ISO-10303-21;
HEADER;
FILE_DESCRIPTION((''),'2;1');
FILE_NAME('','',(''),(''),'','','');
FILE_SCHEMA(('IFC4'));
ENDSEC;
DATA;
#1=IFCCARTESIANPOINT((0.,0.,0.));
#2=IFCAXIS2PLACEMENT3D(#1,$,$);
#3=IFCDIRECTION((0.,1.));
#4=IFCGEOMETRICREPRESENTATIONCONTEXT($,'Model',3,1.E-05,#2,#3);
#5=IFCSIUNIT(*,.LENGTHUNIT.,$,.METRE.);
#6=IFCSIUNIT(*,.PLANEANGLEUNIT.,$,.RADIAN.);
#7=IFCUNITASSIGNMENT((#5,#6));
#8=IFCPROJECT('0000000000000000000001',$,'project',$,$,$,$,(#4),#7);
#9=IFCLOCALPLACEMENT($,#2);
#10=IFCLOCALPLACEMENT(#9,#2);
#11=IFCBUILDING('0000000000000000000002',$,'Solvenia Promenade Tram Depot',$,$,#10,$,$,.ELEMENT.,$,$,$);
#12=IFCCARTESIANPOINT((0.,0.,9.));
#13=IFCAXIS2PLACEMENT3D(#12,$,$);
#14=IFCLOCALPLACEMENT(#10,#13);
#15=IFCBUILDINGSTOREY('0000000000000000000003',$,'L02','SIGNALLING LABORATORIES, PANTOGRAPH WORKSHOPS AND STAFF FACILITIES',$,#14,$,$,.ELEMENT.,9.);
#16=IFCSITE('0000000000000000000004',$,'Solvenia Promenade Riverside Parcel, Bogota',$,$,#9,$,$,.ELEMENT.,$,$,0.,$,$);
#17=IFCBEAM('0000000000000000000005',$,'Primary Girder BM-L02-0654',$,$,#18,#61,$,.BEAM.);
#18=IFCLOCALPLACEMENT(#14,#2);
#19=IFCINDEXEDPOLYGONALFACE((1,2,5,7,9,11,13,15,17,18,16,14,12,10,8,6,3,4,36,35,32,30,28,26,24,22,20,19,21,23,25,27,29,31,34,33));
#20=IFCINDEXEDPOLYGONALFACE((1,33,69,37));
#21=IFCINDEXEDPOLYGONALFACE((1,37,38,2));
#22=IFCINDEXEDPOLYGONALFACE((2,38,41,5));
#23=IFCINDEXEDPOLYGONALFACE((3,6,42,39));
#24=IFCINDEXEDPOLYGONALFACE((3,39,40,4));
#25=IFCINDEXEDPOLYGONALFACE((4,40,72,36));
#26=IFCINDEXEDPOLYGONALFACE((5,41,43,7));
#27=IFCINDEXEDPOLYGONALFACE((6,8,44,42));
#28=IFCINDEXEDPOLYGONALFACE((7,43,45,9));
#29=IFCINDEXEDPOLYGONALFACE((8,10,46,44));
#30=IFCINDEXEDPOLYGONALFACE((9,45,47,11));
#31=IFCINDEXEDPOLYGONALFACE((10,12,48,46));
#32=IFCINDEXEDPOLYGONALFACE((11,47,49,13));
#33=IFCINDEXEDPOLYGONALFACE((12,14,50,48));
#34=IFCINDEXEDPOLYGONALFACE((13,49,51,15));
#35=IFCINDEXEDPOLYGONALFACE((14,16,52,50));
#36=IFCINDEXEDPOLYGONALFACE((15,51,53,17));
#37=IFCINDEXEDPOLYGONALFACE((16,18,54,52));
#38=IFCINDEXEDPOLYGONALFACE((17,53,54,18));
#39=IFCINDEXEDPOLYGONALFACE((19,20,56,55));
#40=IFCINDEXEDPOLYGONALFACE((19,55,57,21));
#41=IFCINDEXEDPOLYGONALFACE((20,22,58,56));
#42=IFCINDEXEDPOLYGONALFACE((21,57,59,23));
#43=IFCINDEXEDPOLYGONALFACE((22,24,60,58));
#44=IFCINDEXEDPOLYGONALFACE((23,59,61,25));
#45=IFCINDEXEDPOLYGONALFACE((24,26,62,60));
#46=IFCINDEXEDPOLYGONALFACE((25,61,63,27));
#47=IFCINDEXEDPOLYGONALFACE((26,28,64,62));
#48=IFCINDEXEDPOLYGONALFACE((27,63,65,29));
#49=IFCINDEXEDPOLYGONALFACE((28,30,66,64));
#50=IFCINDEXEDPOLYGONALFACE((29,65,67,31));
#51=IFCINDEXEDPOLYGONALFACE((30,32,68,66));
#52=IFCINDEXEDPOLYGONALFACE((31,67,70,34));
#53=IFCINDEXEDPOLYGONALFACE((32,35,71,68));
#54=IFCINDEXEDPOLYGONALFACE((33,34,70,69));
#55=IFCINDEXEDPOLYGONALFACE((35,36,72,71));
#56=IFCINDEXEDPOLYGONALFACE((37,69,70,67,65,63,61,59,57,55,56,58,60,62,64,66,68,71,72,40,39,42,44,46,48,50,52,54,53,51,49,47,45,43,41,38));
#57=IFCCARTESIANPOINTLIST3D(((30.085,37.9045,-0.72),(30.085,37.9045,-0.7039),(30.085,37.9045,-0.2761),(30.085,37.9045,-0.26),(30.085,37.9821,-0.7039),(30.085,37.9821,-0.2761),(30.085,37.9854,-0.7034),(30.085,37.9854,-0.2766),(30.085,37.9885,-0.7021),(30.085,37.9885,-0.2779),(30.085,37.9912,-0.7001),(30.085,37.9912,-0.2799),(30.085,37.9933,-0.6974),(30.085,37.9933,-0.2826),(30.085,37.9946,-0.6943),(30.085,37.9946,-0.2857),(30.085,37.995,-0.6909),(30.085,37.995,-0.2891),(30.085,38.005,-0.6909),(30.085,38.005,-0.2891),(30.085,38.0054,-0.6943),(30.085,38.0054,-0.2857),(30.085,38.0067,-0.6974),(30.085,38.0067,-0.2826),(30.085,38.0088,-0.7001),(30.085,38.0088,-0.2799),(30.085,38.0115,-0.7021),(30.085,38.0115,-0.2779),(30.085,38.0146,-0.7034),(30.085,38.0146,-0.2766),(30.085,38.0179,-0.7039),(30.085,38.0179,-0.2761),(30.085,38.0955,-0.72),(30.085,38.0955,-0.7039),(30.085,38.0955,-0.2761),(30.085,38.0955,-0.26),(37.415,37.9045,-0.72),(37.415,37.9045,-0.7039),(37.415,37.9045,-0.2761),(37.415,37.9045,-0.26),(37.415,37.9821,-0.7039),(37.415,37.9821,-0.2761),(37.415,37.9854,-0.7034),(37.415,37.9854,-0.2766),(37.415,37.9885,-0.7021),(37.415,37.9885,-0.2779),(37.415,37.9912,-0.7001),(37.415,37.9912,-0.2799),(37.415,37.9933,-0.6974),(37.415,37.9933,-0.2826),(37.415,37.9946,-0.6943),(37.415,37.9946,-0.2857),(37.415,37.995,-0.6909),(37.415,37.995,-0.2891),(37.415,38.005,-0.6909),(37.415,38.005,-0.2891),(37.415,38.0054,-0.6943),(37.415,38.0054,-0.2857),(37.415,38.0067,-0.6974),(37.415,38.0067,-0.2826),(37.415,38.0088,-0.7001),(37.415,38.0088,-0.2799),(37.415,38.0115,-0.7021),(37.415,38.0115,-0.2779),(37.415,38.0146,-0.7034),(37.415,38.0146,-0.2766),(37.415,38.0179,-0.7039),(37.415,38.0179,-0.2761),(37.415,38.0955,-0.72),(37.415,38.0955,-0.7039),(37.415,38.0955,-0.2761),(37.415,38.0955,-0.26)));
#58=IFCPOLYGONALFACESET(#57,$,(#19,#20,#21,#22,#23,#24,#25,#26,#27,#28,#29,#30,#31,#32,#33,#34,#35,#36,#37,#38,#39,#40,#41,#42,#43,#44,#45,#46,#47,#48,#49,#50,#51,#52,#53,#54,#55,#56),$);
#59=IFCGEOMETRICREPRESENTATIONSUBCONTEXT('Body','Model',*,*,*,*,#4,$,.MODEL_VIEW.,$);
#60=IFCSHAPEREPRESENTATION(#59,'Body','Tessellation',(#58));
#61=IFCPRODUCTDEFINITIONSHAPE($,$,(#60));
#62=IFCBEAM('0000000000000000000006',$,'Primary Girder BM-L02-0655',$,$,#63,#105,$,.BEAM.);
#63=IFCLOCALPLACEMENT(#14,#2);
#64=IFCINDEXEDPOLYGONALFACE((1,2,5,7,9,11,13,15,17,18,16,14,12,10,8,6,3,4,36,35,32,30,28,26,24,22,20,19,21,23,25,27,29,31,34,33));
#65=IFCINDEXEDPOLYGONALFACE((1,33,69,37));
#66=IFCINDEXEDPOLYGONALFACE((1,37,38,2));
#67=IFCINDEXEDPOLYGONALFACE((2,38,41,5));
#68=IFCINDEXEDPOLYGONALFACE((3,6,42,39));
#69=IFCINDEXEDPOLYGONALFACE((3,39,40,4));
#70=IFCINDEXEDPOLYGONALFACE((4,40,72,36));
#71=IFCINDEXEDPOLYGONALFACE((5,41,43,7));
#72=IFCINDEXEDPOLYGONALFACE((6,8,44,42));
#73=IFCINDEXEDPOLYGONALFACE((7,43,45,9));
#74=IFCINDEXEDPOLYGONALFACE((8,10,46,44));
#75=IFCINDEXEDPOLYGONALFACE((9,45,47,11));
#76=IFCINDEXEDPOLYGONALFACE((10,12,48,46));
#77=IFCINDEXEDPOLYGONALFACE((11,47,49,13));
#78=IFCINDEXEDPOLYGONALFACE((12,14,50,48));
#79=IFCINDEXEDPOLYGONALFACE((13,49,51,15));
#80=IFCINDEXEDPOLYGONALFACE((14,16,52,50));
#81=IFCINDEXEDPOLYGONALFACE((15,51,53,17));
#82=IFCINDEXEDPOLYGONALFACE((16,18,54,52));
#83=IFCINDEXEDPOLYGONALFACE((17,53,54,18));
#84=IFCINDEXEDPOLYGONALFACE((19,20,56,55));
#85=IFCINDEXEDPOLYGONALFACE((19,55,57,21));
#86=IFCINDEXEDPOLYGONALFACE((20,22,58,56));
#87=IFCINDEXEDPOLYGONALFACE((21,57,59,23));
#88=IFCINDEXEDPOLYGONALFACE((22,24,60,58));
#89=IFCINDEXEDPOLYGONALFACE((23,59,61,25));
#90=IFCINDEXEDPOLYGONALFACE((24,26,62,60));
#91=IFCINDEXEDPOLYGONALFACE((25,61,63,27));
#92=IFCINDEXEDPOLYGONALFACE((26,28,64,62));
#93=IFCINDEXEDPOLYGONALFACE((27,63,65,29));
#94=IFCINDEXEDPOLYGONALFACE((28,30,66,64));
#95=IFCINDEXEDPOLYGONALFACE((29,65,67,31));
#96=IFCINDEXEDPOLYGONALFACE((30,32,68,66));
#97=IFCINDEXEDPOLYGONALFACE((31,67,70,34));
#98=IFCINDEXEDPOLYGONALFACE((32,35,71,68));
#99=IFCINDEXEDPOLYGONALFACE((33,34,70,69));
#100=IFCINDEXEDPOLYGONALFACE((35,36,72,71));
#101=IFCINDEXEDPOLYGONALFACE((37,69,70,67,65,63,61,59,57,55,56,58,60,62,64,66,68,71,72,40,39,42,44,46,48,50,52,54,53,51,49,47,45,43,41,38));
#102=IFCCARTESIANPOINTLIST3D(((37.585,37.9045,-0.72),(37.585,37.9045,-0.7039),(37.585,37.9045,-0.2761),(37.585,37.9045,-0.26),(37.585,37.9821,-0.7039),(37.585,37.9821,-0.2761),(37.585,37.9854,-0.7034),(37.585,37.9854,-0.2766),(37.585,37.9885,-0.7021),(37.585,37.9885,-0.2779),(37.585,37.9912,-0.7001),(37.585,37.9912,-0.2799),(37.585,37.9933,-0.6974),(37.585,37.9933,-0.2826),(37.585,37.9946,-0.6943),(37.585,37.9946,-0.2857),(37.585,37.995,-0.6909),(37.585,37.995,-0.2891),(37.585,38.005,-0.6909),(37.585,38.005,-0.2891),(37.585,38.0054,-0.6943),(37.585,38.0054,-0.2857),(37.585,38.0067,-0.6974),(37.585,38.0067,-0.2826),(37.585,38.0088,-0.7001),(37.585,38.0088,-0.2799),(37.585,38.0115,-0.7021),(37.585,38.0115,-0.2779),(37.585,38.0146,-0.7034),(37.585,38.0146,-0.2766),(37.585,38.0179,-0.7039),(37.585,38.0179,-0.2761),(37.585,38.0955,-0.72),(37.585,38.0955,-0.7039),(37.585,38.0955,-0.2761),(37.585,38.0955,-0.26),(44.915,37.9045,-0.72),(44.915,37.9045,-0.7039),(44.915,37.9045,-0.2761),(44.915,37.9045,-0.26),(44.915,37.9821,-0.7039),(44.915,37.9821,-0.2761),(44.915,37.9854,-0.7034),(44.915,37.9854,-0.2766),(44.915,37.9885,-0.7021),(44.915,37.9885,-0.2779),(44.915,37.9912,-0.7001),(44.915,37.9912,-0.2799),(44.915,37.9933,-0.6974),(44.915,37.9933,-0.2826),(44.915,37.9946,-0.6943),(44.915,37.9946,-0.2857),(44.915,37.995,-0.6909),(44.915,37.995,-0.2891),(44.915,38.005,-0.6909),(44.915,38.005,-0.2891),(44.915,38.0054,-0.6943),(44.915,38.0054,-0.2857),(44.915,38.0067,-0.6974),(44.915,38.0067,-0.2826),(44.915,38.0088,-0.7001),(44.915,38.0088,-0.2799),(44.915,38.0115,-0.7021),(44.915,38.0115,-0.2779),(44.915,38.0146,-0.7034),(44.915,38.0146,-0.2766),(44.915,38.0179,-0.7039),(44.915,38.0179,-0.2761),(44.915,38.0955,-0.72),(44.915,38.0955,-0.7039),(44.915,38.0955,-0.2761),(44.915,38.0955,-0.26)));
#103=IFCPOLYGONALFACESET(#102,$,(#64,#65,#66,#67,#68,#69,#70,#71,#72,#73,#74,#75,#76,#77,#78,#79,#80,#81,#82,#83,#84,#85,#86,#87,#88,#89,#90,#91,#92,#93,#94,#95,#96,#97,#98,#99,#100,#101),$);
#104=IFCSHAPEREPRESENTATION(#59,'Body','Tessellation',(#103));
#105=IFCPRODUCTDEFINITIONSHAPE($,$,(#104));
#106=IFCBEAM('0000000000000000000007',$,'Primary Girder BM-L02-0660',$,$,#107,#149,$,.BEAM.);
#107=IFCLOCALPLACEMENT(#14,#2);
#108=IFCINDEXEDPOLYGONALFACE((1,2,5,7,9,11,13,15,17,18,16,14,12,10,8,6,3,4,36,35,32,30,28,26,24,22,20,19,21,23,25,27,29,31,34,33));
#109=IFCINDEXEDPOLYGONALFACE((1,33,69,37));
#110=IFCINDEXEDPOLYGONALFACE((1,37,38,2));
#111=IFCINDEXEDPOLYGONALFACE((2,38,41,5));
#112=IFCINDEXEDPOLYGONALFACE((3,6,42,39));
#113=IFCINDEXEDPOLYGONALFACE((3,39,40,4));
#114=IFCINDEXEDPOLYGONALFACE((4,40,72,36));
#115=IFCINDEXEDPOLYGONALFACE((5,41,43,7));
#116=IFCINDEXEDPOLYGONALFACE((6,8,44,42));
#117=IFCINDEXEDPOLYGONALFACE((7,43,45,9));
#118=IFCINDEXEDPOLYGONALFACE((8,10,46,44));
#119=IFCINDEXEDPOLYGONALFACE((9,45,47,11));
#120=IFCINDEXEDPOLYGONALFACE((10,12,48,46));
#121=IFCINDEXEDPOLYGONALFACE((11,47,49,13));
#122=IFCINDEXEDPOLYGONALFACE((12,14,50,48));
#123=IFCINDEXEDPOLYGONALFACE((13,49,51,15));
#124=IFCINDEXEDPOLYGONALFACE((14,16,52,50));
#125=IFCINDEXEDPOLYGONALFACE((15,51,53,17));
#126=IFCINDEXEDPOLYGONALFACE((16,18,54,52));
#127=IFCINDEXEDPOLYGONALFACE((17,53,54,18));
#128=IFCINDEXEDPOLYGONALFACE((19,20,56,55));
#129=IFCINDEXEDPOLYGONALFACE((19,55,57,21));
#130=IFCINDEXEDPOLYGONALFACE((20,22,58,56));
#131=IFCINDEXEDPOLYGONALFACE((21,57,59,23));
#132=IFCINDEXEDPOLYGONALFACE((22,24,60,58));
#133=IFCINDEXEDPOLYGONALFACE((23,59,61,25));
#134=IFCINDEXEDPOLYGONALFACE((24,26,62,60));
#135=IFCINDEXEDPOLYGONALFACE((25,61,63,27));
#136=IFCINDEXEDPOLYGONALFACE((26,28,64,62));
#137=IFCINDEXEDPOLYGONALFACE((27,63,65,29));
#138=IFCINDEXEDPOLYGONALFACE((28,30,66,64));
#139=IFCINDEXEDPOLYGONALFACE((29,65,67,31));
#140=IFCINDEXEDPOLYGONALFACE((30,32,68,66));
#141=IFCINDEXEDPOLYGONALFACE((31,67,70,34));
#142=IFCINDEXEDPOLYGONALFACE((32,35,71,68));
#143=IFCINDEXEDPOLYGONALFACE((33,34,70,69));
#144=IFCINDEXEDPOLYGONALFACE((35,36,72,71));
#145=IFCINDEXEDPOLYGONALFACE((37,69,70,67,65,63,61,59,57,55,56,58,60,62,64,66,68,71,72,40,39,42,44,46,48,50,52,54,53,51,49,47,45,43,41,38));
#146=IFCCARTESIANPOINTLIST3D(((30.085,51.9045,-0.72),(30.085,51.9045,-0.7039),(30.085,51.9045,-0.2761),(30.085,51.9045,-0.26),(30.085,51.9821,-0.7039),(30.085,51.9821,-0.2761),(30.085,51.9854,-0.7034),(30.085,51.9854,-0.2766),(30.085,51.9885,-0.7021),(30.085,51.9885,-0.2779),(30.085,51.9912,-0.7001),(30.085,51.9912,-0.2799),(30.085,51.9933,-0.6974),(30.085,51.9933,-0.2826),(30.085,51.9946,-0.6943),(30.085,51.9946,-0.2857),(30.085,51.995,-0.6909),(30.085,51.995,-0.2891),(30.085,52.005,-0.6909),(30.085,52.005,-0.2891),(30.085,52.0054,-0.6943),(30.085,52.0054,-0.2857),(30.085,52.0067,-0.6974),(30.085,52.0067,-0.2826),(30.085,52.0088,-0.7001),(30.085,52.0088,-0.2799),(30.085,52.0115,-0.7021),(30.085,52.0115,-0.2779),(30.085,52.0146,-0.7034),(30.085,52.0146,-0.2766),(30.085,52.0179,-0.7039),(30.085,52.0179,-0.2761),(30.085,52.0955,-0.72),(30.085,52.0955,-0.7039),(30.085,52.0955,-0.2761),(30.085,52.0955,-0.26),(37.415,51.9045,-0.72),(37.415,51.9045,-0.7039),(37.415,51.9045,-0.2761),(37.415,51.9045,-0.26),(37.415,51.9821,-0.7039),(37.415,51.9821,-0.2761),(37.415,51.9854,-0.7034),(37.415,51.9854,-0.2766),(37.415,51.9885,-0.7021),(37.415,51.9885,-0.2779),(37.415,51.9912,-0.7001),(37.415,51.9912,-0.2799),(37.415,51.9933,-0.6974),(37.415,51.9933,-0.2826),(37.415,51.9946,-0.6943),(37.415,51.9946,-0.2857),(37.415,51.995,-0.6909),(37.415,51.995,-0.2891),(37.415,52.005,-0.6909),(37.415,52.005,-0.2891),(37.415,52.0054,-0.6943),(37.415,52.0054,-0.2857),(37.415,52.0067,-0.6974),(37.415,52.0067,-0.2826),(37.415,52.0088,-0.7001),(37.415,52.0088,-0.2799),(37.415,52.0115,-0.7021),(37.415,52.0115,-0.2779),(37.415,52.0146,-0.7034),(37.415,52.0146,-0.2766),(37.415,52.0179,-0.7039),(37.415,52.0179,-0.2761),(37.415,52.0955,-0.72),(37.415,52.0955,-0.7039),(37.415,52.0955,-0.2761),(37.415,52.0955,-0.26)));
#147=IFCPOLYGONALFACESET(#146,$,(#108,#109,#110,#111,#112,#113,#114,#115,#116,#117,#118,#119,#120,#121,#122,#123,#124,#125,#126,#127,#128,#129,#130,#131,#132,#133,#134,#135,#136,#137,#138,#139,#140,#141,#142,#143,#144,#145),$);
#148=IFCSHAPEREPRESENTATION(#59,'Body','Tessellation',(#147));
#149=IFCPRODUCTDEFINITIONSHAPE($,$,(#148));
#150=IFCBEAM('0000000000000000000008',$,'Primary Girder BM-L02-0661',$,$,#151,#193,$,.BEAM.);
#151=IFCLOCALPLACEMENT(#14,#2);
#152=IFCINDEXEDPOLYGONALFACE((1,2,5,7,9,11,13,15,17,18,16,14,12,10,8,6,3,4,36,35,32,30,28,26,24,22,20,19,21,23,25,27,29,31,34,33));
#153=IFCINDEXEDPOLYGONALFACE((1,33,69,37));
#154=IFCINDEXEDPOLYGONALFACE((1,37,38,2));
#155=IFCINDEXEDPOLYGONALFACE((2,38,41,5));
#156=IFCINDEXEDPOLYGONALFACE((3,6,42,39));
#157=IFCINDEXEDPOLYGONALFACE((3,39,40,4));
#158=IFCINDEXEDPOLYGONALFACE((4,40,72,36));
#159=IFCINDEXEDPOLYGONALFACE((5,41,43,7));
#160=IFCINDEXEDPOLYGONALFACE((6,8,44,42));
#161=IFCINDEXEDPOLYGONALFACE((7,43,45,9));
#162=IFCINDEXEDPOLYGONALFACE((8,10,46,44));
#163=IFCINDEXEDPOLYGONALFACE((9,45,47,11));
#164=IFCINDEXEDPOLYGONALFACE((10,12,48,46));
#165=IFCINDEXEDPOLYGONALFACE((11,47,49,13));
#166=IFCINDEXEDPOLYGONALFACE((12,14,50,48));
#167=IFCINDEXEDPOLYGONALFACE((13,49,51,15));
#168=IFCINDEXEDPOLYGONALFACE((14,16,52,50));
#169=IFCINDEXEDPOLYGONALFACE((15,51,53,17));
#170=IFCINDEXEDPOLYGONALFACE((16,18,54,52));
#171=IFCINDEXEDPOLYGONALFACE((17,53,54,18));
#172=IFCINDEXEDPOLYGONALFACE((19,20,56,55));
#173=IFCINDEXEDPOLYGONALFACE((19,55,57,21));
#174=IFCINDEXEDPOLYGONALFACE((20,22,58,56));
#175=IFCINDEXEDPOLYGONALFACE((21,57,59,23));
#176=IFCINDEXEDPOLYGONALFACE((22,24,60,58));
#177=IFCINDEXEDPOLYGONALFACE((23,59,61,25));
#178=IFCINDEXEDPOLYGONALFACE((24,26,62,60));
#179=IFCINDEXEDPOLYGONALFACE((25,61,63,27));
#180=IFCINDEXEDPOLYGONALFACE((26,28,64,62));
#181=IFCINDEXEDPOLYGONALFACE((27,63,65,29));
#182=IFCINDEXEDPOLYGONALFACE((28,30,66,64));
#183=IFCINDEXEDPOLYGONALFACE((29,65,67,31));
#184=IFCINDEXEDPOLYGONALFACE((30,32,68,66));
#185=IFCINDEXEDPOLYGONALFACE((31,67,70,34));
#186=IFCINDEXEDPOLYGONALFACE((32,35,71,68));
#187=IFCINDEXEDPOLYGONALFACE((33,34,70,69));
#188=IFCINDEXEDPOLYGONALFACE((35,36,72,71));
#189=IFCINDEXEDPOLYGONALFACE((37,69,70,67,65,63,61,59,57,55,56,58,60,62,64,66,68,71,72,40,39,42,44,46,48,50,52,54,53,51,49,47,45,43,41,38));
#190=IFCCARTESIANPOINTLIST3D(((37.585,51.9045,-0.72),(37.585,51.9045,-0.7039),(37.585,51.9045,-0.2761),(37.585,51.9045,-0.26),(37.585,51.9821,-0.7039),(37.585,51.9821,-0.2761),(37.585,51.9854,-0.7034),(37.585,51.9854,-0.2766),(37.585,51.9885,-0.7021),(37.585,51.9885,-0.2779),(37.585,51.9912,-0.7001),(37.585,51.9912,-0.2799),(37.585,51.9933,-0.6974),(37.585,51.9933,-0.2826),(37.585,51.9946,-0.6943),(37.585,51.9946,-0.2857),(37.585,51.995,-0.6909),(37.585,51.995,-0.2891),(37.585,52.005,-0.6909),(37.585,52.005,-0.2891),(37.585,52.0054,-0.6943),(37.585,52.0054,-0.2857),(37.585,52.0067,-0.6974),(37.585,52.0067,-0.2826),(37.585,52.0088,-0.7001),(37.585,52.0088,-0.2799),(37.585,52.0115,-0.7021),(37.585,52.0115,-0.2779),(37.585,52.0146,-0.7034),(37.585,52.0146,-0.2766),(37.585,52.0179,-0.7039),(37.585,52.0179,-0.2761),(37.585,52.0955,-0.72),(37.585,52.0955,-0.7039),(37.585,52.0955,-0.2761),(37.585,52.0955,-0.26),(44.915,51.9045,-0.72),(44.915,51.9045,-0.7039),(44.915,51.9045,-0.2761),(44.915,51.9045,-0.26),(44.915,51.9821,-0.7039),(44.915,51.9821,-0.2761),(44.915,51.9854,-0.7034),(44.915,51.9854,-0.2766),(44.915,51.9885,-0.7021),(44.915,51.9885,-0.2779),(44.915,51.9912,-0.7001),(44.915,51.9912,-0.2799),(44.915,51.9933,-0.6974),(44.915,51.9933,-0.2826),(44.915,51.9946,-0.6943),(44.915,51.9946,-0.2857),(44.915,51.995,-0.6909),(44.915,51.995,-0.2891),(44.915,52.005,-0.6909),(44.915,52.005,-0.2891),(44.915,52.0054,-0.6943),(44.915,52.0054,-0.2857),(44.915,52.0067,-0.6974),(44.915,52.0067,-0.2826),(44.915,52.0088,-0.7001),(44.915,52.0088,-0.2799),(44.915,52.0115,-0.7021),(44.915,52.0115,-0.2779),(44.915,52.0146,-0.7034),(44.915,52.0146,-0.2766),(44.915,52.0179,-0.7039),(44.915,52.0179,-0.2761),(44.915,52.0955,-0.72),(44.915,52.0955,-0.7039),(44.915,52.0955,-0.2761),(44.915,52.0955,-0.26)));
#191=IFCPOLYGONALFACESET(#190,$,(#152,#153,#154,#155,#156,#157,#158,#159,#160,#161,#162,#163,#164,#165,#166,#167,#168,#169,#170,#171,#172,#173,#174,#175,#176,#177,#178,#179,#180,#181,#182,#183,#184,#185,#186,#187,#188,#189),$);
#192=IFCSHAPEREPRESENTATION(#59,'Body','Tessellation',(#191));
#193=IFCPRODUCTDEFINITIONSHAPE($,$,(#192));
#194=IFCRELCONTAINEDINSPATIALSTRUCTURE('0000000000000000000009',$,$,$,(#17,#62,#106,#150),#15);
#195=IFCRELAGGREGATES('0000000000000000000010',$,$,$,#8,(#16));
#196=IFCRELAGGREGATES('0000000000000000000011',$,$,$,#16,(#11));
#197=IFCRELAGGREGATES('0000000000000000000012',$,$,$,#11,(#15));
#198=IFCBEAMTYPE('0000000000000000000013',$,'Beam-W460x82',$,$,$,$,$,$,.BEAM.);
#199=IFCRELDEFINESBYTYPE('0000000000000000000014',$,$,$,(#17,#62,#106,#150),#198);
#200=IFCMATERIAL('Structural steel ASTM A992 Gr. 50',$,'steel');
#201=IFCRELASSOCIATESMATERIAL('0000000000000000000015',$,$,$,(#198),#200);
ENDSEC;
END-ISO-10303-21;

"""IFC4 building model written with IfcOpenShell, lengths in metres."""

from ifc_helpers import new_model, si_unit, direction, frame, origin, origin_2d, place, context, subcontext, project, spatial, i_section, extrude, material, material_profile, profile_set, type_object, element, save


model = new_model("IFC4")

# Units and contexts
model_context = context("Model", 3, precision=1e-05, world=origin(), true_north=direction((0.0, 1.0)))
body_context = subcontext(model_context, "Body", "Model", "MODEL_VIEW")
ifc_project = project(units=[si_unit("LENGTHUNIT", "METRE"), si_unit("PLANEANGLEUNIT", "RADIAN")], contexts=[model_context])

# Site, building, storey
site_placement = place(None, origin())
site = spatial("IfcSite", under=ifc_project, at=site_placement, Name="Solvenia Promenade Riverside Parcel, Bogota", CompositionType="ELEMENT", RefElevation=0.0)
building_placement = place(site_placement, origin())
building = spatial("IfcBuilding", under=site, at=building_placement, Name="Solvenia Promenade Tram Depot", CompositionType="ELEMENT")
storey_placement = place(building_placement, frame((0.0, 0.0, 9.0)))
storey = spatial("IfcBuildingStorey", under=building, at=storey_placement, Name="L02", Description="SIGNALLING LABORATORIES, PANTOGRAPH WORKSHOPS AND STAFF FACILITIES", CompositionType="ELEMENT", Elevation=9.0)

# Beams
ifc_material_1 = material(Name="Structural steel ASTM A992 Gr. 50", Category="steel")
ifc_material_profile_1 = material_profile(ifc_material_1, i_section(OverallWidth=0.1909, OverallDepth=0.46, WebThickness=0.01, FlangeThickness=0.0161, FilletRadius=0.0129, at=origin_2d()), Name="W460x82", Category="steel")
ifc_profile_set_1 = profile_set([ifc_material_profile_1], Name="Structural steel ASTM A992 Gr. 50")
beam_type_1 = type_object("IfcBeamType", Name="Beam-W460x82", PredefinedType="BEAM", material=ifc_profile_set_1)
for number, where, z_axis, x_axis, name in (
    (1, (30.085, 38.0, -0.49), (1.0, 0.0, 0.0), (0.0, 1.0, 0.0), "Primary Girder BM-L02-0654"),
    (2, (37.585, 38.0, -0.49), (1.0, 0.0, 0.0), (0.0, 1.0, 0.0), "Primary Girder BM-L02-0655"),
    (3, (30.085, 52.0, -0.49), (1.0, 0.0, 0.0), (0.0, 1.0, 0.0), "Primary Girder BM-L02-0660"),
    (4, (37.585, 52.0, -0.49), (1.0, 0.0, 0.0), (0.0, 1.0, 0.0), "Primary Girder BM-L02-0661"),
):
    element("IfcBeam", number, at=place(storey_placement, frame(where, z_axis=z_axis, x_axis=x_axis)), inside=storey, type_object=beam_type_1, Name=name, PredefinedType="BEAM", context=body_context, shape_type="SweptSolid", body=[
        extrude(i_section(OverallWidth=0.1909, OverallDepth=0.46, WebThickness=0.01, FlangeThickness=0.0161, FilletRadius=0.0129, at=origin_2d()), origin(), (0.0, 0.0, 1.0), 7.3301),
    ])

save(model, "model.ifc")
